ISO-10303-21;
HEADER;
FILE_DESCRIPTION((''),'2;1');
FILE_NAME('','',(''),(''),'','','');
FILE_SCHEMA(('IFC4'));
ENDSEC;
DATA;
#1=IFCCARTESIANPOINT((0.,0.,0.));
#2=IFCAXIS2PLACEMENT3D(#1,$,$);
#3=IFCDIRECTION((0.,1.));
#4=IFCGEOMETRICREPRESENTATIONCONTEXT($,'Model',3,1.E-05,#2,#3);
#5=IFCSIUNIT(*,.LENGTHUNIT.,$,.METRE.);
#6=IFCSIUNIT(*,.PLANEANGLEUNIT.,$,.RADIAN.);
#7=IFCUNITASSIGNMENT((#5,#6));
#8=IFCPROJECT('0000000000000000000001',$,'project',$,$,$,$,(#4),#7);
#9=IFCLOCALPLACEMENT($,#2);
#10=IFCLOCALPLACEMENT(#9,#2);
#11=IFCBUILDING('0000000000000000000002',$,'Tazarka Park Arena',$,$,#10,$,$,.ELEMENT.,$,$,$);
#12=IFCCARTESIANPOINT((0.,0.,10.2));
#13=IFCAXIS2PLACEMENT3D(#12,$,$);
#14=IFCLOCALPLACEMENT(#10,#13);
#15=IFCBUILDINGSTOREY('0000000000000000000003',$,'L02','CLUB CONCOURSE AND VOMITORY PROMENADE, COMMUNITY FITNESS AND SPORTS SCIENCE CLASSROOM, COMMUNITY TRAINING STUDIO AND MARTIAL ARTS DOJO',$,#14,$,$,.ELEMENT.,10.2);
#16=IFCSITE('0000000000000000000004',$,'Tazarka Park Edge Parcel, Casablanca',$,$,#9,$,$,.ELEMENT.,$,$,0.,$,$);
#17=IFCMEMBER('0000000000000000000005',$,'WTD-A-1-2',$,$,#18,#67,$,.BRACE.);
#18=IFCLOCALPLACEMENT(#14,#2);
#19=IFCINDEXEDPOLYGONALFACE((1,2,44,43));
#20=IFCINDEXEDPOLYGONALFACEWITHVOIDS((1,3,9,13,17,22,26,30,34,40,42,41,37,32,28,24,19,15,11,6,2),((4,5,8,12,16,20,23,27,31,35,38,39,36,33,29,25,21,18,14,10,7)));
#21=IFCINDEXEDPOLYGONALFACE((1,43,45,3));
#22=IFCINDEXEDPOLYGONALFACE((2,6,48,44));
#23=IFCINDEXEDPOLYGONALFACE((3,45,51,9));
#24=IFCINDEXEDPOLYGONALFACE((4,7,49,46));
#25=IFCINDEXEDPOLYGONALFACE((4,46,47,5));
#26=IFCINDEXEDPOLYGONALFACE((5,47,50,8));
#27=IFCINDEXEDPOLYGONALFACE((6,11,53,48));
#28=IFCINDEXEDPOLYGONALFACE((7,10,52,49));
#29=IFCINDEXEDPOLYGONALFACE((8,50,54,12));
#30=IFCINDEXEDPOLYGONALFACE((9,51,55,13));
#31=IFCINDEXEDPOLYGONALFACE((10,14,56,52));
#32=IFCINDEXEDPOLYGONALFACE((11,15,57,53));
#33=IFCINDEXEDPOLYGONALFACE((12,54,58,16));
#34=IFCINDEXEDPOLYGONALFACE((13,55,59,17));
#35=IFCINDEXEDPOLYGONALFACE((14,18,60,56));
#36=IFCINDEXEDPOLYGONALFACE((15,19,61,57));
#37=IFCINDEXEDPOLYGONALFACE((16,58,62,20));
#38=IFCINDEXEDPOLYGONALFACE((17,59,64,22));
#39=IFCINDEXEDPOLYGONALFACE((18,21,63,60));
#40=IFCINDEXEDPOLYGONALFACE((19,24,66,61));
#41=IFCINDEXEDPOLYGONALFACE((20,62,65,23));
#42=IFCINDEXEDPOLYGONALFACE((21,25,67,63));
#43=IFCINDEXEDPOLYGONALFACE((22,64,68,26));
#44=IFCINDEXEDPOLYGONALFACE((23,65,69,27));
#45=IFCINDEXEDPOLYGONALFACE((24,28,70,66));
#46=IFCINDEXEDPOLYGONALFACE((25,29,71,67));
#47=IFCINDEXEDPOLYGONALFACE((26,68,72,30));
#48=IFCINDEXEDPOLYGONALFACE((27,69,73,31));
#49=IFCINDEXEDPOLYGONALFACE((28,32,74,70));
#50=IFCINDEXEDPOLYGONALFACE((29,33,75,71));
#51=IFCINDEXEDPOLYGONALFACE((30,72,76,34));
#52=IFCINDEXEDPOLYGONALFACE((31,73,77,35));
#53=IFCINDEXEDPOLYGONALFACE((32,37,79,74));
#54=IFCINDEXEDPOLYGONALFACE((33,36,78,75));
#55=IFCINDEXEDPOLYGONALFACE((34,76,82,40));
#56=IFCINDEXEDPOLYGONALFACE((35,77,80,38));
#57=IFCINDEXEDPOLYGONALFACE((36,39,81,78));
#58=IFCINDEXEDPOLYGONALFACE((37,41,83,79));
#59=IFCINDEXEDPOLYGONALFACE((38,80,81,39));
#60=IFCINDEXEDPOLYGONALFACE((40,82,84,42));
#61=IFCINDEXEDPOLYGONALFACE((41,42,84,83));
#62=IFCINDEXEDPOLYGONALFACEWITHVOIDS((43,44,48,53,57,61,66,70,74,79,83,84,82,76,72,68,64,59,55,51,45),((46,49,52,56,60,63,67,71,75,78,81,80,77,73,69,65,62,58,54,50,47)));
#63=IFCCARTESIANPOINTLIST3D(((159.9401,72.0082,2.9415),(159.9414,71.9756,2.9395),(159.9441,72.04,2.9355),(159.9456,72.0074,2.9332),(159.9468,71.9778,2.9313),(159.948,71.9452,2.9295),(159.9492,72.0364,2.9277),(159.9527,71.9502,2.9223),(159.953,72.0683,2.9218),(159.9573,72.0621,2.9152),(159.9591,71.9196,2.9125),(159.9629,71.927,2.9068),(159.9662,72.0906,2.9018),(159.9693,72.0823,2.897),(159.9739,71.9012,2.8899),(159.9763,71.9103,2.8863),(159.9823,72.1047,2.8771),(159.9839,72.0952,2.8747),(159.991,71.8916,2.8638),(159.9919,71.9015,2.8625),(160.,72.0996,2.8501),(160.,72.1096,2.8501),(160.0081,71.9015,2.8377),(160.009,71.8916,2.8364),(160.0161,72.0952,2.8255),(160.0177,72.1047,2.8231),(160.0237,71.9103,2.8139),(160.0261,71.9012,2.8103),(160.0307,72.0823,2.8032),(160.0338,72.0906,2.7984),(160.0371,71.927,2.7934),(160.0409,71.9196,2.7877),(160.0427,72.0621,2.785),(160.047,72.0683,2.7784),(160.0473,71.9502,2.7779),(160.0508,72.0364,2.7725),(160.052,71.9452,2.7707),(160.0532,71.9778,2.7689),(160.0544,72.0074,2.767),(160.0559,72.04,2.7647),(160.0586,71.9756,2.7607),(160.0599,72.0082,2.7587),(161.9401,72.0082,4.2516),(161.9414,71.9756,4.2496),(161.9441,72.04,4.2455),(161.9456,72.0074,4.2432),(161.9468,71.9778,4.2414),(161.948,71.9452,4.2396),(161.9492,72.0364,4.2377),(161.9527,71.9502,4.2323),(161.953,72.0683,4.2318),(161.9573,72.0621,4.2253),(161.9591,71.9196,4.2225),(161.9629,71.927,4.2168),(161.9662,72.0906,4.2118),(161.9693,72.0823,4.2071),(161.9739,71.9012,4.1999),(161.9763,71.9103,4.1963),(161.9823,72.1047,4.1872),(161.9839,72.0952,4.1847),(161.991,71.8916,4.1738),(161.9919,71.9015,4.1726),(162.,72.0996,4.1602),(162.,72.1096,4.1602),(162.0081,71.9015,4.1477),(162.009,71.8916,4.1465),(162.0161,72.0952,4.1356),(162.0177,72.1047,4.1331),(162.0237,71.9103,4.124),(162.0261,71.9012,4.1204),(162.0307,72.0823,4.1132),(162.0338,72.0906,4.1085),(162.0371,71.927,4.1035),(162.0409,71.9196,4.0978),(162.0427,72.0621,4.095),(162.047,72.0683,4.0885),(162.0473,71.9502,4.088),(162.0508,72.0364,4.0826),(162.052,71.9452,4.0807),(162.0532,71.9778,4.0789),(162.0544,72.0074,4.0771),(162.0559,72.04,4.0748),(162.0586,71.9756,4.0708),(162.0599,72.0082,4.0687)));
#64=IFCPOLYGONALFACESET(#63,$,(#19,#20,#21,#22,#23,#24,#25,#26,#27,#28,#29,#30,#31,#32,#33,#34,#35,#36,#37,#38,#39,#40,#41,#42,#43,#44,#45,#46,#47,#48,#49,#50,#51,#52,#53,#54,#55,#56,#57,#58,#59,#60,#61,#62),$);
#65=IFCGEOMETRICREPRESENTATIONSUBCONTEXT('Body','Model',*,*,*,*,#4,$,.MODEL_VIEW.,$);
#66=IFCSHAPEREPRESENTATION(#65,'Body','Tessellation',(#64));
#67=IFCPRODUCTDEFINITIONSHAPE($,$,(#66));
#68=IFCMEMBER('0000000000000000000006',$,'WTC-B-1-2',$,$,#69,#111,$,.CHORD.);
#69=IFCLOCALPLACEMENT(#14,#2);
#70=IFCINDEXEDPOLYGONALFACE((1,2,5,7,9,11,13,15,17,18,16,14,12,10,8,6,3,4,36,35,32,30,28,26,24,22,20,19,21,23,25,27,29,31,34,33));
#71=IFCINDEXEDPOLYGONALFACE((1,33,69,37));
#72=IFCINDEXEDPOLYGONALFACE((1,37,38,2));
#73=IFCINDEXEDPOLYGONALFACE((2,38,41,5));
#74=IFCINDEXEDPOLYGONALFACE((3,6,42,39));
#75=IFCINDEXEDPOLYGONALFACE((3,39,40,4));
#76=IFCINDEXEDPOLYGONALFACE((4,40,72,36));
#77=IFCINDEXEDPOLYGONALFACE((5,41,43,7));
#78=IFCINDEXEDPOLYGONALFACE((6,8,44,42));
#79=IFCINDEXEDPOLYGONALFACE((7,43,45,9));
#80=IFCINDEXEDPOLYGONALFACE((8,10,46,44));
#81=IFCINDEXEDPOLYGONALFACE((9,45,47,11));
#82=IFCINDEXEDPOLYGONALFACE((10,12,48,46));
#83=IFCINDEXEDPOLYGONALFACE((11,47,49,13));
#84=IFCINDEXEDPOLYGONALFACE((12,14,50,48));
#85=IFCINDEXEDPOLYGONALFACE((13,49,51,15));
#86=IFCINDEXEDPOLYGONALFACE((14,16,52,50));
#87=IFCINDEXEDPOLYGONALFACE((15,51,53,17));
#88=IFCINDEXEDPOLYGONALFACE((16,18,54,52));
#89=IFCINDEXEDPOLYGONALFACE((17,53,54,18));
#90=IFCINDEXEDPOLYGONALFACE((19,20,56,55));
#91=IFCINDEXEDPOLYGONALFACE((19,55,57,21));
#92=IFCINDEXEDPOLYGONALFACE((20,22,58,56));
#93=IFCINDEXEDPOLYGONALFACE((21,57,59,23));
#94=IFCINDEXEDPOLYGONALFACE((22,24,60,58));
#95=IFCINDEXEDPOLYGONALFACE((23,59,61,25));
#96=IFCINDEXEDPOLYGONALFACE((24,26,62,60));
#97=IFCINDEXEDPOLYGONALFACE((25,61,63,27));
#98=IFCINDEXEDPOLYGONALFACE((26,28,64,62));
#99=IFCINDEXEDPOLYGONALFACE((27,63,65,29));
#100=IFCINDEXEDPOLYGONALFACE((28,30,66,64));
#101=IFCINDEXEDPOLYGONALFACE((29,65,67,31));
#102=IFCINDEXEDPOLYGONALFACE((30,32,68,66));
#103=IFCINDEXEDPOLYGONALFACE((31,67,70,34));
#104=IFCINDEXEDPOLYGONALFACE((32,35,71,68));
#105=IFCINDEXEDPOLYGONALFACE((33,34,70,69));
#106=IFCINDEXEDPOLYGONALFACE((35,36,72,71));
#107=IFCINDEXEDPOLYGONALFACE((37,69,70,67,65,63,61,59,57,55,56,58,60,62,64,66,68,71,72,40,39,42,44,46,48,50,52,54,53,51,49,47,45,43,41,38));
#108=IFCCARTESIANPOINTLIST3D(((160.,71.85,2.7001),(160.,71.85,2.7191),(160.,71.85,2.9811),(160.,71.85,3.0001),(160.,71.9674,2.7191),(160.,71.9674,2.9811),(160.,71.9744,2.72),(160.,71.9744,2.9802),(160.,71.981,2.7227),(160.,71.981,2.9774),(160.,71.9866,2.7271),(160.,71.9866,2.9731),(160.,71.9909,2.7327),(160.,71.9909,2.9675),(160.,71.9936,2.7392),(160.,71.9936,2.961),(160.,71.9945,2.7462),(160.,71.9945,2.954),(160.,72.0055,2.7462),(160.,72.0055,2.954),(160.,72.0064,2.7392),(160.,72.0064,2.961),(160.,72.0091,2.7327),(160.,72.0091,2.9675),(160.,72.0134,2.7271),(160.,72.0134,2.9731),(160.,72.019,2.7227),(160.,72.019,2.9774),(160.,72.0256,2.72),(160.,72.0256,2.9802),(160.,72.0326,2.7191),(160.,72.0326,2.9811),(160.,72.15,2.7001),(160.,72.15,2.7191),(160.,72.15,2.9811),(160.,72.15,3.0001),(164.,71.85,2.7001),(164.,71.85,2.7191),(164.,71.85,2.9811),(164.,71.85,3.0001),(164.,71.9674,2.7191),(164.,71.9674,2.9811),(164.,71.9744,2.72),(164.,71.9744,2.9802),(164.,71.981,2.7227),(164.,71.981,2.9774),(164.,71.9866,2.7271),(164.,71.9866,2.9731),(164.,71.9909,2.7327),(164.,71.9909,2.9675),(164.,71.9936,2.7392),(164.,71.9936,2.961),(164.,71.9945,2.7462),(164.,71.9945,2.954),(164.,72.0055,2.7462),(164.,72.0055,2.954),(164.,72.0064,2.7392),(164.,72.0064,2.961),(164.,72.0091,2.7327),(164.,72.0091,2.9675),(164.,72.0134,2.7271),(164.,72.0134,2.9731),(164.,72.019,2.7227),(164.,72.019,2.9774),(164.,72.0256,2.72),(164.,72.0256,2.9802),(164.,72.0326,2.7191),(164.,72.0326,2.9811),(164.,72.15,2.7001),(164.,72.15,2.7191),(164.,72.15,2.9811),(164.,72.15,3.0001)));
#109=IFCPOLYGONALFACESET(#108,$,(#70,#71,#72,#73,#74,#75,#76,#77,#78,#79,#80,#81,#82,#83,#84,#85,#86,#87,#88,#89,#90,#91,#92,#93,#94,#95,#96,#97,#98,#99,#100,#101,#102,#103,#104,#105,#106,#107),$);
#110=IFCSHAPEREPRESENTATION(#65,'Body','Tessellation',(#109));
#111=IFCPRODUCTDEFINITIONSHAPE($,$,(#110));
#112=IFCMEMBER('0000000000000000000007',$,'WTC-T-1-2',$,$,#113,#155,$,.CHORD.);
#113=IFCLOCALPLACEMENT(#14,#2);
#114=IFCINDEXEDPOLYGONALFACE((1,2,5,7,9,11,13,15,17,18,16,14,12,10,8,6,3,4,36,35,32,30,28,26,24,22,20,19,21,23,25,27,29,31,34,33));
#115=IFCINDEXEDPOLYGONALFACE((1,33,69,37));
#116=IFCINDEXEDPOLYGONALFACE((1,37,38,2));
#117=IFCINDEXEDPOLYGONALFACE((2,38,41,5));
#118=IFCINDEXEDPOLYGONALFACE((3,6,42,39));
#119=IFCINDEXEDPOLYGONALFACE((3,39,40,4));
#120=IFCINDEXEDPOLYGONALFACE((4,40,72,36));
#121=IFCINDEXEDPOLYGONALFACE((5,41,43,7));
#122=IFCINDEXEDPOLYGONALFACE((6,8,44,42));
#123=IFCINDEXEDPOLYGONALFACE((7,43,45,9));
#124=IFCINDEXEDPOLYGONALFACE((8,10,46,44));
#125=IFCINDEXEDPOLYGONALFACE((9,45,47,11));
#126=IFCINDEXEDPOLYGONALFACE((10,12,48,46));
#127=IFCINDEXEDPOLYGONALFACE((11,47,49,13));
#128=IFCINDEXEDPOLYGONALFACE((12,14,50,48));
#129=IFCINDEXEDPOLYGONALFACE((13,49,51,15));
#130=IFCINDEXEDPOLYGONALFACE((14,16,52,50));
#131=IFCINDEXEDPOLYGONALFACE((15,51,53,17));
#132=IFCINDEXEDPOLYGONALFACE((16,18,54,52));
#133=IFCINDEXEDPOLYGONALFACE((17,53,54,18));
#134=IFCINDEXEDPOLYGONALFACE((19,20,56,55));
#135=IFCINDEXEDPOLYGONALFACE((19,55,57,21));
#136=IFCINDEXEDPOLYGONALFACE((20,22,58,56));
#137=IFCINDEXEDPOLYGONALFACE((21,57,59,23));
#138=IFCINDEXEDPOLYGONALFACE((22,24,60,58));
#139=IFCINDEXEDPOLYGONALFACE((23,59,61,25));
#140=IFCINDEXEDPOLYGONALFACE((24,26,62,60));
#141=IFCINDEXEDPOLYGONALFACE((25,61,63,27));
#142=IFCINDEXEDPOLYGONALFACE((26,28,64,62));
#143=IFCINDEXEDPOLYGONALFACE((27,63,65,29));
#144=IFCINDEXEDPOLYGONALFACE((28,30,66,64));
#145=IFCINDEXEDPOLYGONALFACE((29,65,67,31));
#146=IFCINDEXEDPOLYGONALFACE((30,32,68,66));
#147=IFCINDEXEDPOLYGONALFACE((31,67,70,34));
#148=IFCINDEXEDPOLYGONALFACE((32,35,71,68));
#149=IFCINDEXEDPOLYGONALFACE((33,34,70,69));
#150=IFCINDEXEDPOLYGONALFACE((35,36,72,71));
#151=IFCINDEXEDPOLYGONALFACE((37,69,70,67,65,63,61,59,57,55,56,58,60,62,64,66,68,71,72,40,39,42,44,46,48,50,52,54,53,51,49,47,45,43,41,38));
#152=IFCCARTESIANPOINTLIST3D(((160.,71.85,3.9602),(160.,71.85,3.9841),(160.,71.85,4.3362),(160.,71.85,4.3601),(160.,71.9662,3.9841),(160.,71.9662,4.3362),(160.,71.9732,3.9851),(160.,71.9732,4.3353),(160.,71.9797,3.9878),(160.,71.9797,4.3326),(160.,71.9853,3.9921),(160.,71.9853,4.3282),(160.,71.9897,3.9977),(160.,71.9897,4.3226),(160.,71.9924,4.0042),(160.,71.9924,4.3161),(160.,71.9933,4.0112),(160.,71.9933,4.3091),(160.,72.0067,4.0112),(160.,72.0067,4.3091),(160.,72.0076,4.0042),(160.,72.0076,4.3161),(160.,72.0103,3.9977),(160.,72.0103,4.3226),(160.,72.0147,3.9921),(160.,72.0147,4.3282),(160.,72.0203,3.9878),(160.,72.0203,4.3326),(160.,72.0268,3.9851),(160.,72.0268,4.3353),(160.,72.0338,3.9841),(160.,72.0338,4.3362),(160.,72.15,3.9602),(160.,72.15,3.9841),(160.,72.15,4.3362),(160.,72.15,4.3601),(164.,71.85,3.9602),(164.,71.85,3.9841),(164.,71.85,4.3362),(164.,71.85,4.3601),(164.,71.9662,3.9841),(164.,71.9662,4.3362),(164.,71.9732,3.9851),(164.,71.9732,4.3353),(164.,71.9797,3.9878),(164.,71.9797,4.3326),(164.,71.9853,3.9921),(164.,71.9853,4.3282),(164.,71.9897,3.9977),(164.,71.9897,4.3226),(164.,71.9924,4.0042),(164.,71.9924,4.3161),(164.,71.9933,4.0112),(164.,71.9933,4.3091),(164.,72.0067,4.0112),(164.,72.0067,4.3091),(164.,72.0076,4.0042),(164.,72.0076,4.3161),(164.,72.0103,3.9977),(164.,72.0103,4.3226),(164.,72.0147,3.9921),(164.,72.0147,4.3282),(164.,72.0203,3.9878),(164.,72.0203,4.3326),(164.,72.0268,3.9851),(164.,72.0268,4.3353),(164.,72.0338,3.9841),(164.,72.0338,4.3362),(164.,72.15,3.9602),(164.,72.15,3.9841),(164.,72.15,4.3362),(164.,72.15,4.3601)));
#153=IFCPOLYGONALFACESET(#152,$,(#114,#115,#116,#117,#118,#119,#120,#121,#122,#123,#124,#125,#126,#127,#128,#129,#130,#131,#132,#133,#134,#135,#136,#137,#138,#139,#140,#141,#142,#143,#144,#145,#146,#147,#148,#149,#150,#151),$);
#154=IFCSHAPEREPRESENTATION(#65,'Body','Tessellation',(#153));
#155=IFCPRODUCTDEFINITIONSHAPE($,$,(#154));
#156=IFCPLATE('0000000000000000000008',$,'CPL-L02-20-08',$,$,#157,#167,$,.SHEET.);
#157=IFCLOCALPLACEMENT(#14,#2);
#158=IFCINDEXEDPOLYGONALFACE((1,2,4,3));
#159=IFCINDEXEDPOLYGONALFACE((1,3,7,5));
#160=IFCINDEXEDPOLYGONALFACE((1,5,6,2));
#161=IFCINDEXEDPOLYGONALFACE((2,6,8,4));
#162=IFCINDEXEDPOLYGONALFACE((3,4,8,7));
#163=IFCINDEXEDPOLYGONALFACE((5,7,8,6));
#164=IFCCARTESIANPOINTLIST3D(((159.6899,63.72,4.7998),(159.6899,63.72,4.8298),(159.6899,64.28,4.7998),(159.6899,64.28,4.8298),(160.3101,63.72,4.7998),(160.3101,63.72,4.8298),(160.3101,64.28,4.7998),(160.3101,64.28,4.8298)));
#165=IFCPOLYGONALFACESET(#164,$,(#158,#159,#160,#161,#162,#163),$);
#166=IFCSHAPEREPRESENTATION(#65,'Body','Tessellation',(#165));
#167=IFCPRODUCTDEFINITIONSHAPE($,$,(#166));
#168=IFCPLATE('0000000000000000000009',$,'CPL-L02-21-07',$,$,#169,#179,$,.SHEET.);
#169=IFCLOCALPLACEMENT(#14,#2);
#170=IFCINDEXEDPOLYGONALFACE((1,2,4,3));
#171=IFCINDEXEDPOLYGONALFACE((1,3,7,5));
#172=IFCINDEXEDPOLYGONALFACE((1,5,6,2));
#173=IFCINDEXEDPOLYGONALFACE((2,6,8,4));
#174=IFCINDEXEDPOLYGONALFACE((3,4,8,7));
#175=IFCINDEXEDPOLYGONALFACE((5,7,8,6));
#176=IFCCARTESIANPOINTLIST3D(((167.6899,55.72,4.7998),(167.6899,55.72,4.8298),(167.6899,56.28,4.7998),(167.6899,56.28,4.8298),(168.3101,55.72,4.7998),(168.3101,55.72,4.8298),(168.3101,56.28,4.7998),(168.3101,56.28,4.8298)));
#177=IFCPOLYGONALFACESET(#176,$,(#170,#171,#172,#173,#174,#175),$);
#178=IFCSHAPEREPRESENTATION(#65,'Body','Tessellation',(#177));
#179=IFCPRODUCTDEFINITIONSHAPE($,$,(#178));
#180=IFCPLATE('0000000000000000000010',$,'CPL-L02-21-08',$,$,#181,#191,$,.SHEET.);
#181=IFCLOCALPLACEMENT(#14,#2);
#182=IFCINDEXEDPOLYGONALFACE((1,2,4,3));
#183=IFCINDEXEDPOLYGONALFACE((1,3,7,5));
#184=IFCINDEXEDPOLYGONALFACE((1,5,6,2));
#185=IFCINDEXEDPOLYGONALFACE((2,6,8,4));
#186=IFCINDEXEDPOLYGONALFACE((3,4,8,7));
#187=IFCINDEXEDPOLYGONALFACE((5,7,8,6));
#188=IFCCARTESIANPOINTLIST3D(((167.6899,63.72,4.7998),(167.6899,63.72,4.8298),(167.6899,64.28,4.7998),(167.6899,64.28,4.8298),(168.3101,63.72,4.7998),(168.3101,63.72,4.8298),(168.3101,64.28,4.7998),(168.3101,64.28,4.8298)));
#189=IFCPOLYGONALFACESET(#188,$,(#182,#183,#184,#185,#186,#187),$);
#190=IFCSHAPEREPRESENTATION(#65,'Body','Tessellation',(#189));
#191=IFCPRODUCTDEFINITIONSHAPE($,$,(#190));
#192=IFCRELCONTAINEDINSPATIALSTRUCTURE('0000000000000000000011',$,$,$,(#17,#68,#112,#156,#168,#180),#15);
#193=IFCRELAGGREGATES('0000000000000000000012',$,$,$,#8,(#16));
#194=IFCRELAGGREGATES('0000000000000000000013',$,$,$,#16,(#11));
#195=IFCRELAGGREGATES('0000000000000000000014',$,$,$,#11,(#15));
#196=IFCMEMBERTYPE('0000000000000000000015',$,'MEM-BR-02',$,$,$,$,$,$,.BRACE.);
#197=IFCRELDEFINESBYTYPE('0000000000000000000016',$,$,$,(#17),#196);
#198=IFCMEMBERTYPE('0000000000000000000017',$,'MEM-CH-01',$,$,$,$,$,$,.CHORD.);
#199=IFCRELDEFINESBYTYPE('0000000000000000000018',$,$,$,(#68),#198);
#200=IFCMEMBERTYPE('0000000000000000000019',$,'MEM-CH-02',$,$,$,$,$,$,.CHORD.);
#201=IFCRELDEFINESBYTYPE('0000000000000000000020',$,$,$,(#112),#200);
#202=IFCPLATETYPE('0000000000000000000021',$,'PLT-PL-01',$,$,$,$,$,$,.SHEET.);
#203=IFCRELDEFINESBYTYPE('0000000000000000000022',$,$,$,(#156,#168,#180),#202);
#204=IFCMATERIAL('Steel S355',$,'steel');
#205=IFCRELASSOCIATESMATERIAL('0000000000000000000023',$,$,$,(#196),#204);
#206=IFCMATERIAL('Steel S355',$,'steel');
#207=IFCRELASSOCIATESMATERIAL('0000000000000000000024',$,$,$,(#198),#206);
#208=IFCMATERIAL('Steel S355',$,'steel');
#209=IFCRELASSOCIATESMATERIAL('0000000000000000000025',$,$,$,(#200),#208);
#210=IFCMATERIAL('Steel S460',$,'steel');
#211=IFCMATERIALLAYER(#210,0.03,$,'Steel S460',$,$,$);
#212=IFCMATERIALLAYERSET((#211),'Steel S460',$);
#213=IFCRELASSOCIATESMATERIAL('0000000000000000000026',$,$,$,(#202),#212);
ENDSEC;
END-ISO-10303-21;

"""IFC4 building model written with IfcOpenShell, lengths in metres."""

from ifc_helpers import new_model, si_unit, direction, frame, origin, origin_2d, place, context, subcontext, project, spatial, rectangle, hollow_circle, i_section, extrude, material, layer, layer_set, material_profile, profile_set, type_object, element, save


model = new_model("IFC4")

# Units and contexts
model_context = context("Model", 3, precision=1e-05, world=origin(), true_north=direction((0.0, 1.0)))
body_context = subcontext(model_context, "Body", "Model", "MODEL_VIEW")
ifc_project = project(units=[si_unit("LENGTHUNIT", "METRE"), si_unit("PLANEANGLEUNIT", "RADIAN")], contexts=[model_context])

# Site, building, storey
site_placement = place(None, origin())
site = spatial("IfcSite", under=ifc_project, at=site_placement, Name="Tazarka Park Edge Parcel, Casablanca", CompositionType="ELEMENT", RefElevation=0.0)
building_placement = place(site_placement, origin())
building = spatial("IfcBuilding", under=site, at=building_placement, Name="Tazarka Park Arena", CompositionType="ELEMENT")
storey_placement = place(building_placement, frame((0.0, 0.0, 10.2)))
storey = spatial("IfcBuildingStorey", under=building, at=storey_placement, Name="L02", Description="CLUB CONCOURSE AND VOMITORY PROMENADE, COMMUNITY FITNESS AND SPORTS SCIENCE CLASSROOM, COMMUNITY TRAINING STUDIO AND MARTIAL ARTS DOJO", CompositionType="ELEMENT", Elevation=10.2)

# Members
ifc_material_1 = material(Name="Steel S355", Category="steel")
ifc_material_profile_1 = material_profile(ifc_material_1, hollow_circle(Radius=0.1096, WallThickness=0.01, at=origin_2d()), Name="Steel S355")
ifc_profile_set_1 = profile_set([ifc_material_profile_1], Name="Steel S355")
member_type_1 = type_object("IfcMemberType", Name="MEM-BR-02", PredefinedType="BRACE", material=ifc_profile_set_1)
member_1_placement = place(storey_placement, frame((160.0, 72.0, 2.8501), z_axis=(0.836516, 0.0, 0.547942), x_axis=(0.0, 1.0, 0.0)))
element("IfcMember", 1, at=member_1_placement, inside=storey, type_object=member_type_1, Name="WTD-A-1-2", PredefinedType="BRACE", context=body_context, shape_type="SweptSolid", body=[
    extrude(hollow_circle(Radius=0.1096, WallThickness=0.01, at=origin_2d()), origin(), (0.0, 0.0, 1.0), 2.3909),
])
ifc_material_2 = material(Name="Steel S355", Category="steel")
ifc_material_profile_2 = material_profile(ifc_material_2, i_section(OverallWidth=0.3, OverallDepth=0.3, WebThickness=0.011, FlangeThickness=0.019, FilletRadius=0.0271, at=origin_2d()), Name="Steel S355")
ifc_profile_set_2 = profile_set([ifc_material_profile_2], Name="Steel S355")
member_type_2 = type_object("IfcMemberType", Name="MEM-CH-01", PredefinedType="CHORD", material=ifc_profile_set_2)
member_2_placement = place(storey_placement, frame((160.0, 72.0, 2.8501), z_axis=(1.0, 0.0, 0.0), x_axis=(0.0, 1.0, 0.0)))
element("IfcMember", 2, at=member_2_placement, inside=storey, type_object=member_type_2, Name="WTC-B-1-2", PredefinedType="CHORD", context=body_context, shape_type="SweptSolid", body=[
    extrude(i_section(OverallWidth=0.3, OverallDepth=0.3, WebThickness=0.011, FlangeThickness=0.019, FilletRadius=0.0271, at=origin_2d()), origin(), (0.0, 0.0, 1.0), 4.0),
])
ifc_material_3 = material(Name="Steel S355", Category="steel")
ifc_material_profile_3 = material_profile(ifc_material_3, i_section(OverallWidth=0.3, OverallDepth=0.3999, WebThickness=0.0134, FlangeThickness=0.0239, FilletRadius=0.0271, at=origin_2d()), Name="Steel S355")
ifc_profile_set_3 = profile_set([ifc_material_profile_3], Name="Steel S355")
member_type_3 = type_object("IfcMemberType", Name="MEM-CH-02", PredefinedType="CHORD", material=ifc_profile_set_3)
member_3_placement = place(storey_placement, frame((160.0, 72.0, 4.1602), z_axis=(1.0, 0.0, 0.0), x_axis=(0.0, 1.0, 0.0)))
element("IfcMember", 3, at=member_3_placement, inside=storey, type_object=member_type_3, Name="WTC-T-1-2", PredefinedType="CHORD", context=body_context, shape_type="SweptSolid", body=[
    extrude(i_section(OverallWidth=0.3, OverallDepth=0.3999, WebThickness=0.0134, FlangeThickness=0.0239, FilletRadius=0.0271, at=origin_2d()), origin(), (0.0, 0.0, 1.0), 4.0),
])

# Plates
ifc_material_4 = material(Name="Steel S460", Category="steel")
ifc_layer_1 = layer(ifc_material_4, 0.03, Name="Steel S460")
ifc_layer_set_1 = layer_set([ifc_layer_1], Name="Steel S460")
plate_type = type_object("IfcPlateType", Name="PLT-PL-01", PredefinedType="SHEET", material=ifc_layer_set_1)
for number, where, z_axis, x_axis, name in (
    (4, (160.0, 64.0, 4.7998), (0.0, 0.0, 1.0), (1.0, 0.0, 0.0), "CPL-L02-20-08"),
    (5, (168.0, 56.0, 4.7998), (0.0, 0.0, 1.0), (1.0, 0.0, 0.0), "CPL-L02-21-07"),
    (6, (168.0, 64.0, 4.7998), (0.0, 0.0, 1.0), (1.0, 0.0, 0.0), "CPL-L02-21-08"),
):
    element("IfcPlate", number, at=place(storey_placement, frame(where, z_axis=z_axis, x_axis=x_axis)), inside=storey, type_object=plate_type, Name=name, PredefinedType="SHEET", context=body_context, shape_type="SweptSolid", body=[
        extrude(rectangle(XDim=0.6201, YDim=0.5601, at=origin_2d()), origin(), (0.0, 0.0, 1.0), 0.03),
    ])

save(model, "model.ifc")
